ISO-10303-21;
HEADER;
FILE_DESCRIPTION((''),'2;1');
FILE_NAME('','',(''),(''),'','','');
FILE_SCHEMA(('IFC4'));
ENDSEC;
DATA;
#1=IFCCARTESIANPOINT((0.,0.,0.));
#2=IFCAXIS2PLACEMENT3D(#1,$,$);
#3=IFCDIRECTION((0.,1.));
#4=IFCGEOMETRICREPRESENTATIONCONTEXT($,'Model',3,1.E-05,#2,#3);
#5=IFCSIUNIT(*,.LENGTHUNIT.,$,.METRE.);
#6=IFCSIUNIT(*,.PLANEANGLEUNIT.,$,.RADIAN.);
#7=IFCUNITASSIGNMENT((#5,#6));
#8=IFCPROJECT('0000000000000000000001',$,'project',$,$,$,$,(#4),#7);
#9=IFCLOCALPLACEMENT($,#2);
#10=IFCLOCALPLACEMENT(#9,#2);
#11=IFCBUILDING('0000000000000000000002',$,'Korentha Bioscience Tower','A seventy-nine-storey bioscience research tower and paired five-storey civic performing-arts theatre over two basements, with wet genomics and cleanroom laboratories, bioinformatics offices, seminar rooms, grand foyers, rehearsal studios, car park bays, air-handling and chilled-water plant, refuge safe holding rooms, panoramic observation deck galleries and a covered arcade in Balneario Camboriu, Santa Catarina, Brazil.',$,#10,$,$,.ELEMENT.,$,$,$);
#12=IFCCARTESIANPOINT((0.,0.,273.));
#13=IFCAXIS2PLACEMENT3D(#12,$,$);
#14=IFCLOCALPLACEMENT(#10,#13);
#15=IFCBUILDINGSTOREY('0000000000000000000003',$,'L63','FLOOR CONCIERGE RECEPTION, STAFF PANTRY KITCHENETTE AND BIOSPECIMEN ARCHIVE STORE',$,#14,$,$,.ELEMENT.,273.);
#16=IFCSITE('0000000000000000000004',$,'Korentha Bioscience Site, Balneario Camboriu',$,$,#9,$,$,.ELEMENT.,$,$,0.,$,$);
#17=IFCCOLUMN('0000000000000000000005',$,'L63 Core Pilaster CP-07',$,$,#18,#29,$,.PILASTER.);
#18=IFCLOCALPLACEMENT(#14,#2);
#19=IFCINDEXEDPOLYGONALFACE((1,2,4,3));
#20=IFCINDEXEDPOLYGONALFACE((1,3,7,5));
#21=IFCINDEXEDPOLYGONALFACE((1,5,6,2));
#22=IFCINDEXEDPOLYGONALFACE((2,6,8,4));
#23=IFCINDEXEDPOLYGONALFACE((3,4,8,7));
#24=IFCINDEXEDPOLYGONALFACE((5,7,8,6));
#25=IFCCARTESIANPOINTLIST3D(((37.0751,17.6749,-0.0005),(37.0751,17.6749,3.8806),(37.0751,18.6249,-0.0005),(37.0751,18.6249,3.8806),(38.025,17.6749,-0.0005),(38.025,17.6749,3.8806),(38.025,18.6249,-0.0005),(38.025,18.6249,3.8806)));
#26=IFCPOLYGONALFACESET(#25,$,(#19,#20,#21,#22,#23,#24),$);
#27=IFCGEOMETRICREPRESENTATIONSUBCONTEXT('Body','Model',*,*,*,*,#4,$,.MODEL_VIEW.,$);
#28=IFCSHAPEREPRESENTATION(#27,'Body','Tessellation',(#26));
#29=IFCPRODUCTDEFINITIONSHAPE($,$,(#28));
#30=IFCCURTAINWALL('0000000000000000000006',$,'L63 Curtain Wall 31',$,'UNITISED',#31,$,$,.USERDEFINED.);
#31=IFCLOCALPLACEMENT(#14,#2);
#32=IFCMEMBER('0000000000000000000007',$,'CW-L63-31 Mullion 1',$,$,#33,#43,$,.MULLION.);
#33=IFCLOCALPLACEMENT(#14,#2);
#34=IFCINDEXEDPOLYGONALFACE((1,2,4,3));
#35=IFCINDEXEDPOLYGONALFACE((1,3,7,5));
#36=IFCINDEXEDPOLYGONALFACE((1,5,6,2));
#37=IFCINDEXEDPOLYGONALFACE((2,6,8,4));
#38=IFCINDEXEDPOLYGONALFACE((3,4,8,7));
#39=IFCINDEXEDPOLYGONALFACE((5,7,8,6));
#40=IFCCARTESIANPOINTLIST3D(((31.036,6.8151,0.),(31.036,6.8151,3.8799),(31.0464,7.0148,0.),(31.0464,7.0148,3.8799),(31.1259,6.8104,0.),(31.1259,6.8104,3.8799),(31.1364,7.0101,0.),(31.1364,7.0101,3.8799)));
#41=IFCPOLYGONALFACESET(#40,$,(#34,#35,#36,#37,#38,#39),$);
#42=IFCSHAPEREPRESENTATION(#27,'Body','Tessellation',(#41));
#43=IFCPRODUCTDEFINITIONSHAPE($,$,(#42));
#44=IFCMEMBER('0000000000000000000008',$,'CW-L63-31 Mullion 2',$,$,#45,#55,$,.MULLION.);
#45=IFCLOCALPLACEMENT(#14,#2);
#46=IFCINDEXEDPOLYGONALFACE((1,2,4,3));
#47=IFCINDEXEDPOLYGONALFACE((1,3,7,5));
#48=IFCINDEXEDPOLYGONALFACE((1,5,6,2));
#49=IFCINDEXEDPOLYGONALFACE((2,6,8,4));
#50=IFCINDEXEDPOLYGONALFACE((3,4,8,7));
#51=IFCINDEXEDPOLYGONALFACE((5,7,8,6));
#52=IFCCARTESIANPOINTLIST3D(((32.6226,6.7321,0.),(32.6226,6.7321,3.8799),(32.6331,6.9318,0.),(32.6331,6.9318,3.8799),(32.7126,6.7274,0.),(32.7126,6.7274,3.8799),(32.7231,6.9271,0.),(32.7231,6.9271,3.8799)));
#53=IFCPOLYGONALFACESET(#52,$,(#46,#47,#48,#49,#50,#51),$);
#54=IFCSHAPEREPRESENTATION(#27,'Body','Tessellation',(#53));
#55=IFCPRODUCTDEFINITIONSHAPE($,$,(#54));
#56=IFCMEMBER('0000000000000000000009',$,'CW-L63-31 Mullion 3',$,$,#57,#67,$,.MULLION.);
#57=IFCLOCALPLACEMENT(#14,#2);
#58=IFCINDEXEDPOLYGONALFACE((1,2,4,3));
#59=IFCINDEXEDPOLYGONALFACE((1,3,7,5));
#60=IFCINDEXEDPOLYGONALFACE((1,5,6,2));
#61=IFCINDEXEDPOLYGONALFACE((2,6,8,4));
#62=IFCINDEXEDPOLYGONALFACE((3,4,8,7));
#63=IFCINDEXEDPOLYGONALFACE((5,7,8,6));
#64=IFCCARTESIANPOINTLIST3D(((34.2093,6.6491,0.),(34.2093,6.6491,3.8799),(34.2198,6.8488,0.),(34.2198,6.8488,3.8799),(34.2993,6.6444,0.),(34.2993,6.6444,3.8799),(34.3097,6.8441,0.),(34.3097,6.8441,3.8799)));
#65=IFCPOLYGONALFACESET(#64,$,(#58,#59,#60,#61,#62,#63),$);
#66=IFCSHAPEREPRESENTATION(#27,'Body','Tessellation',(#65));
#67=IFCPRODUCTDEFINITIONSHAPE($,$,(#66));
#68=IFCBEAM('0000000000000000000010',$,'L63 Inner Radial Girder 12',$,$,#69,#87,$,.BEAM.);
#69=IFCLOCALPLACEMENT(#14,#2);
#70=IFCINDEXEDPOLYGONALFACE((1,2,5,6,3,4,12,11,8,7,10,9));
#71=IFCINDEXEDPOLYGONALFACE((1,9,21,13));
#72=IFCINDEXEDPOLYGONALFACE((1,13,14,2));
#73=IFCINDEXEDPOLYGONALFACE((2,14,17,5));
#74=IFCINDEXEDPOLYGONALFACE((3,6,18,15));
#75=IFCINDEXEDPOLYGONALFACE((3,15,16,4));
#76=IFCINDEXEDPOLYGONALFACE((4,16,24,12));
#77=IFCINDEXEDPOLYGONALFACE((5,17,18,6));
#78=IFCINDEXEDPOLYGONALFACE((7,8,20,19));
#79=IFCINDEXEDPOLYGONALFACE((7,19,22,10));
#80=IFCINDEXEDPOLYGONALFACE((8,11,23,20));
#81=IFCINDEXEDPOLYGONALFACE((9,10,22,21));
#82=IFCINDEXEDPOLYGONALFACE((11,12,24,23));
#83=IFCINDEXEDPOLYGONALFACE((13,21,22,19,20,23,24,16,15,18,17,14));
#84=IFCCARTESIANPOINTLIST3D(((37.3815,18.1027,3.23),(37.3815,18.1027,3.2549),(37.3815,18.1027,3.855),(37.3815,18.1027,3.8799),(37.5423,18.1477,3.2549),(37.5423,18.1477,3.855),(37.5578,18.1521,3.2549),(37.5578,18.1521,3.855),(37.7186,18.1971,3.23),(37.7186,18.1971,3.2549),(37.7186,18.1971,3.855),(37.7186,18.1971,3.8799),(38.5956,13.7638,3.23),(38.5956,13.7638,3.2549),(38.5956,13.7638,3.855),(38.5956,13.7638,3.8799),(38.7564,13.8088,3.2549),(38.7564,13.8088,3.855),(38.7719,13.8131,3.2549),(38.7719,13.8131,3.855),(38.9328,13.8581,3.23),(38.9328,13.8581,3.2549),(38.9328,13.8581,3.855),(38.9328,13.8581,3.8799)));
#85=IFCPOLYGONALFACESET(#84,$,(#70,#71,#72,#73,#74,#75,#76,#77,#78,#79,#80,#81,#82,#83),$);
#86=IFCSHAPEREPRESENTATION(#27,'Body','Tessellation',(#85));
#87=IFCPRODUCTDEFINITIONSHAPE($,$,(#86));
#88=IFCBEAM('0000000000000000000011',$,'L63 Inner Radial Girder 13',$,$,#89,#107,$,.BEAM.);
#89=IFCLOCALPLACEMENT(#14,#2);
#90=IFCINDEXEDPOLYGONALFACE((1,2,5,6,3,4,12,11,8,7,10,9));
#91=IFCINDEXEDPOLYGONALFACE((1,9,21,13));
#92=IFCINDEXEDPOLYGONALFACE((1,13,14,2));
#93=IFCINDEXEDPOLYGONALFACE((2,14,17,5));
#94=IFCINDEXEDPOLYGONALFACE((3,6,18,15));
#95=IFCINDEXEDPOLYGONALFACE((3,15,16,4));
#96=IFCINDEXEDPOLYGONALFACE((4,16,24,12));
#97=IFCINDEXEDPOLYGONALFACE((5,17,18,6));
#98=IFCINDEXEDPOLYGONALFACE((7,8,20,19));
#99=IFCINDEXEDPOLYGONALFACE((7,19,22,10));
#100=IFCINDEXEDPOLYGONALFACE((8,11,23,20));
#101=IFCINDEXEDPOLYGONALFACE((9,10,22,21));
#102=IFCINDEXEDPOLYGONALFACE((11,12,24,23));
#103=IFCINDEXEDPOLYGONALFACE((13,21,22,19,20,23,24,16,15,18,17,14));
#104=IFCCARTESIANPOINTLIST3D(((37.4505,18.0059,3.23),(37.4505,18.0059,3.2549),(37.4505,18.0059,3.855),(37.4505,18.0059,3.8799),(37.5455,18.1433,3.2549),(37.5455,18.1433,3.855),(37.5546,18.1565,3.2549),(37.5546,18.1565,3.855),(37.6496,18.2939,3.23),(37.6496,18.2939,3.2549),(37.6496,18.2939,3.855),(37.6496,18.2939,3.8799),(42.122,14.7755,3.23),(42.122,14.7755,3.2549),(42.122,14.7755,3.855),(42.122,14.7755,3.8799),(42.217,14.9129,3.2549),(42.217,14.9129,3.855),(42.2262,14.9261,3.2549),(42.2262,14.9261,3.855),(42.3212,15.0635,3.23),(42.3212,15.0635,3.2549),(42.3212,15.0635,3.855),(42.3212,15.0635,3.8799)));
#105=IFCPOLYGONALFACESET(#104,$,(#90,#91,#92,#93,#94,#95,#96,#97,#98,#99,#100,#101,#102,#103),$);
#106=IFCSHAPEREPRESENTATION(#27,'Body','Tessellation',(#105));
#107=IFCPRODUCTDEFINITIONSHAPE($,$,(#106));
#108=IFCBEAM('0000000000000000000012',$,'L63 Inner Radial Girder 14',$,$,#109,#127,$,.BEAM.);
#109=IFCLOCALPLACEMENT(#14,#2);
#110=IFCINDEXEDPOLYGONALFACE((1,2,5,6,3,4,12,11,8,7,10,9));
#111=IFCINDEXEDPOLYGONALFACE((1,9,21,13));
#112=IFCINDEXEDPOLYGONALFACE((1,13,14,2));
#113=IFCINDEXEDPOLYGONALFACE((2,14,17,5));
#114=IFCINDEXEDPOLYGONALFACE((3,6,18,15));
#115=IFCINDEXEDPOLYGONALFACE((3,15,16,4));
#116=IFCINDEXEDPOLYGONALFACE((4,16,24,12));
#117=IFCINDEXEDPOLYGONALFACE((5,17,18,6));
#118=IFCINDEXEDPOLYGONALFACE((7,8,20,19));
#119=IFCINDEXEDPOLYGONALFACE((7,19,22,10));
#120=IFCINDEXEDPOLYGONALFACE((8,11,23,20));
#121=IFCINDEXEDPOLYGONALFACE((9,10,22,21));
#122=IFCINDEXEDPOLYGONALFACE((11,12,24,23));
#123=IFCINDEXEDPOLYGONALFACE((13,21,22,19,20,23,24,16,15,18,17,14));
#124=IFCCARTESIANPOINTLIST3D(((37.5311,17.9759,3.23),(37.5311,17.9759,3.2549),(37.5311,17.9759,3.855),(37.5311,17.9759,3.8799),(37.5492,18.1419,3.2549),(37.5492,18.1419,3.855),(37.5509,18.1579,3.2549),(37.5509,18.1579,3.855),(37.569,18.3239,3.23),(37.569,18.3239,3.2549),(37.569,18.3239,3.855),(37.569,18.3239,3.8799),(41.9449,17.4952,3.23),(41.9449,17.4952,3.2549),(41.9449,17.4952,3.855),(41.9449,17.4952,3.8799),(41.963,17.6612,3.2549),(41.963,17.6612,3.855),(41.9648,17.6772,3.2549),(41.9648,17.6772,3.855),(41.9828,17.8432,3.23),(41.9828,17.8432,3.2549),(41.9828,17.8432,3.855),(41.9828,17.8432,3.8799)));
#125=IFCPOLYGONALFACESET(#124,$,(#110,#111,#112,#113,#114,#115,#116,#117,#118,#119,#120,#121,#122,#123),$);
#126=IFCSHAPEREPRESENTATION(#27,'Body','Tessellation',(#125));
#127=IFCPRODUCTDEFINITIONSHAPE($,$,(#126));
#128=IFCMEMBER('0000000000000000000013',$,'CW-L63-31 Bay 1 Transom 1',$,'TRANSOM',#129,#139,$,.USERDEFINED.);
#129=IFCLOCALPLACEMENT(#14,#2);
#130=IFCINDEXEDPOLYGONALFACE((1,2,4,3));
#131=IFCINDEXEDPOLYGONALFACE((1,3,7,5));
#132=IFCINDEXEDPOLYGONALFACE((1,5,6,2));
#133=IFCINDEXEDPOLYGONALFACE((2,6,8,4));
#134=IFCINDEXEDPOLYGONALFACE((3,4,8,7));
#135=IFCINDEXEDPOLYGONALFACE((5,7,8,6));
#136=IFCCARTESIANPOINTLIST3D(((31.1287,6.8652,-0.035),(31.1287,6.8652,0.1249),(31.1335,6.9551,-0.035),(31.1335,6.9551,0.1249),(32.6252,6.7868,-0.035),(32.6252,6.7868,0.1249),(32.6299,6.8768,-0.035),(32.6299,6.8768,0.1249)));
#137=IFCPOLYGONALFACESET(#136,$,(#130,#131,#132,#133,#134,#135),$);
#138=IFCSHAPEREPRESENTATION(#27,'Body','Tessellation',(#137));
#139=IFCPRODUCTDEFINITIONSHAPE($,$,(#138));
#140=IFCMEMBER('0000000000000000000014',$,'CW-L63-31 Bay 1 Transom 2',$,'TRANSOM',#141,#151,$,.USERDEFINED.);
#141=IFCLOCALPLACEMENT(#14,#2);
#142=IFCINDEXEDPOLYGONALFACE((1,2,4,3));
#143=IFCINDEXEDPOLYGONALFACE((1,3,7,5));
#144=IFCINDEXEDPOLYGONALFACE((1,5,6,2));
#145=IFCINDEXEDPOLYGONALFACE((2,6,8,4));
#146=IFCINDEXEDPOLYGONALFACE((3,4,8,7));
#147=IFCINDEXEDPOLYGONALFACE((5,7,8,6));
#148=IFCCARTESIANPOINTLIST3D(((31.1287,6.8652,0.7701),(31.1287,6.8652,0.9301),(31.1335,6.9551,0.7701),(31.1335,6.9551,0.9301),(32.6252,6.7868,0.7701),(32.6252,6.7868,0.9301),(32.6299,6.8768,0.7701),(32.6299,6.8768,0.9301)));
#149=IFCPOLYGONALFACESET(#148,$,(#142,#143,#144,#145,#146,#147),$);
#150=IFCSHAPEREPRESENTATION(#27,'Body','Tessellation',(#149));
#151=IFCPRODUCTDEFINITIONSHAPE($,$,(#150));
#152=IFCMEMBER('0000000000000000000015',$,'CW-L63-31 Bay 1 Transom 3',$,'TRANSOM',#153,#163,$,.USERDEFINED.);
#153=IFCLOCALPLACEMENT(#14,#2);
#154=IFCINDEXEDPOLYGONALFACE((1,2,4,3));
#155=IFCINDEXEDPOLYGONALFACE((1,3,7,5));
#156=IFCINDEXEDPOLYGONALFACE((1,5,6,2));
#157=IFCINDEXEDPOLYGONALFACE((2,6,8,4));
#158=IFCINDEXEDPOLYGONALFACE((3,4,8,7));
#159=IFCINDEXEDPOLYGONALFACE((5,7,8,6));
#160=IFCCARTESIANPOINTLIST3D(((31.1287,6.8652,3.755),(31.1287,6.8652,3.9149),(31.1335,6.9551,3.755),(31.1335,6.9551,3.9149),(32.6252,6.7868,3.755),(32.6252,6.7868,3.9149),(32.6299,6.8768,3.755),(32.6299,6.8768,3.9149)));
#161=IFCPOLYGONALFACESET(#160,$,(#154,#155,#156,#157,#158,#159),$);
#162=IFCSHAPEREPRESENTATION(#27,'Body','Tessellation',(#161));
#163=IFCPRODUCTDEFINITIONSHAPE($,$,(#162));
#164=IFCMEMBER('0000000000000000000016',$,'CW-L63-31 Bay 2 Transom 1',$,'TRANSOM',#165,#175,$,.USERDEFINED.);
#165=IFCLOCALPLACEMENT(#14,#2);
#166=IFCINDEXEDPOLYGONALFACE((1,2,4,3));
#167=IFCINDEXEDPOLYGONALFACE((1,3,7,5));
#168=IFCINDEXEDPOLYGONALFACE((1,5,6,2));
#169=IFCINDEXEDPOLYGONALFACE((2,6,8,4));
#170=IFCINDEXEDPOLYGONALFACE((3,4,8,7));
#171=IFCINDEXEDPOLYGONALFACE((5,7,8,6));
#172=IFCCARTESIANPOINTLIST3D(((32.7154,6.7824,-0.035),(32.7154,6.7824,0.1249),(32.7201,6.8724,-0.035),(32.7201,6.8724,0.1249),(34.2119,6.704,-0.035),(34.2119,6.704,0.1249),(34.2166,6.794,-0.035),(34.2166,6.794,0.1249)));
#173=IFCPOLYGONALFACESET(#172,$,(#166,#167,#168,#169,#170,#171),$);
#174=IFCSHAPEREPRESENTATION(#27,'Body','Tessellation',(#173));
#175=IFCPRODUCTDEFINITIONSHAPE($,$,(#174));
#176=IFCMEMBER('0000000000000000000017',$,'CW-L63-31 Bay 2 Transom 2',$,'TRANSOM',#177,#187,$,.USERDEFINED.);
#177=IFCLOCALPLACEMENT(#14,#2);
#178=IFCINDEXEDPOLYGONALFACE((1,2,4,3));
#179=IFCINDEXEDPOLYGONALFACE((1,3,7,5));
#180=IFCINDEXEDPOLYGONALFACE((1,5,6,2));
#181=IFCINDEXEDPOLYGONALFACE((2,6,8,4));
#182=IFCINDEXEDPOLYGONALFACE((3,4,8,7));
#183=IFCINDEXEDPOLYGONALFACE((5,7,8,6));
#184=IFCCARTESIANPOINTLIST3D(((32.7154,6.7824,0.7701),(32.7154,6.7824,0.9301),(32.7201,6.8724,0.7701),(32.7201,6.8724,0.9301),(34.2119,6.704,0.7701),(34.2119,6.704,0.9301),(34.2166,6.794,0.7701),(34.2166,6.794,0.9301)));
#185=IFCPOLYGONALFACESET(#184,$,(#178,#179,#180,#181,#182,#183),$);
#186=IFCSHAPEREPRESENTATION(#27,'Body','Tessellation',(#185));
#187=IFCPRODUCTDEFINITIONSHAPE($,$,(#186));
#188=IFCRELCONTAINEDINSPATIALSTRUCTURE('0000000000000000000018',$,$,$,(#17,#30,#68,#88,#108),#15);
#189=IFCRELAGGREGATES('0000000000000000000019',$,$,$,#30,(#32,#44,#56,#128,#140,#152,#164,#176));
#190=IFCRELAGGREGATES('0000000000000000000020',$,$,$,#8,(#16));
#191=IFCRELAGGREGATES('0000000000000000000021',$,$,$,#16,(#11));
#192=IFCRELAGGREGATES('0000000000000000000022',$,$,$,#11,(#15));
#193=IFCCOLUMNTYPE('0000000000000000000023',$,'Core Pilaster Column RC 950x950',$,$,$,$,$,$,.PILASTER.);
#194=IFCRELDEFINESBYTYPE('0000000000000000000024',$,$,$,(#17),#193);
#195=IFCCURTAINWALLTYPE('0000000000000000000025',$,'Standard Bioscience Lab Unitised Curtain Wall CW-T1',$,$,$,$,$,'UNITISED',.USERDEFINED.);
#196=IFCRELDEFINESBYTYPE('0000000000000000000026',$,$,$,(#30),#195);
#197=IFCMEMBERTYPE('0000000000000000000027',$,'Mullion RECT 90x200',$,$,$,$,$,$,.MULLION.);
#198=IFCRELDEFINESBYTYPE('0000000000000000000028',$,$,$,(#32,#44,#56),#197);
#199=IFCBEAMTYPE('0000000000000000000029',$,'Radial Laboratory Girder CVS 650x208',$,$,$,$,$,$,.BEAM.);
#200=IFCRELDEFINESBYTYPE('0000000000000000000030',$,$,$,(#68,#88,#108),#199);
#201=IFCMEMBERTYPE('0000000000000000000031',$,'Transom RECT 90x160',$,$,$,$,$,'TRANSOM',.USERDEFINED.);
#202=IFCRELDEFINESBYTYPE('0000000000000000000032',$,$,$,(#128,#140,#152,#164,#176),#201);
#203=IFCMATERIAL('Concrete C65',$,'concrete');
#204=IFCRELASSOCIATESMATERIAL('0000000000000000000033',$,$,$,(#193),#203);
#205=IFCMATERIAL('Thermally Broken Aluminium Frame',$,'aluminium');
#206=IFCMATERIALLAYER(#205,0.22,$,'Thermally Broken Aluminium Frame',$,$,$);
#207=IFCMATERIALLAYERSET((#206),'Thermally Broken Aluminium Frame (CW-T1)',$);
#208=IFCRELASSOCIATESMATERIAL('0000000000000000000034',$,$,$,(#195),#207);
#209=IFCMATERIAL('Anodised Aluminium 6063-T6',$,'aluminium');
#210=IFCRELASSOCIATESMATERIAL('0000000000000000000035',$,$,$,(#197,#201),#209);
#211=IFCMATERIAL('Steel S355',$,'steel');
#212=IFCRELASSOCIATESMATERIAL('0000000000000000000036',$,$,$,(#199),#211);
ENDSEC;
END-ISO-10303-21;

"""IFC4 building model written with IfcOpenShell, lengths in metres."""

from ifc_helpers import new_model, si_unit, direction, frame, origin, origin_2d, place, context, subcontext, project, spatial, rectangle, i_section, extrude, material, layer, layer_set, material_profile, profile_set, type_object, element, aggregate, save


model = new_model("IFC4")

# Units and contexts
model_context = context("Model", 3, precision=1e-05, world=origin(), true_north=direction((0.0, 1.0)))
body_context = subcontext(model_context, "Body", "Model", "MODEL_VIEW")
ifc_project = project(units=[si_unit("LENGTHUNIT", "METRE"), si_unit("PLANEANGLEUNIT", "RADIAN")], contexts=[model_context])

# Site, building, storey
site_placement = place(None, origin())
site = spatial("IfcSite", under=ifc_project, at=site_placement, Name="Korentha Bioscience Site, Balneario Camboriu", CompositionType="ELEMENT", RefElevation=0.0)
building_placement = place(site_placement, origin())
building = spatial("IfcBuilding", under=site, at=building_placement, Name="Korentha Bioscience Tower", Description="A seventy-nine-storey bioscience research tower and paired five-storey civic performing-arts theatre over two basements, with wet genomics and cleanroom laboratories, bioinformatics offices, seminar rooms, grand foyers, rehearsal studios, car park bays, air-handling and chilled-water plant, refuge safe holding rooms, panoramic observation deck galleries and a covered arcade in Balneario Camboriu, Santa Catarina, Brazil.", CompositionType="ELEMENT")
storey_placement = place(building_placement, frame((0.0, 0.0, 273.0)))
storey = spatial("IfcBuildingStorey", under=building, at=storey_placement, Name="L63", Description="FLOOR CONCIERGE RECEPTION, STAFF PANTRY KITCHENETTE AND BIOSPECIMEN ARCHIVE STORE", CompositionType="ELEMENT", Elevation=273.0)

# Column
ifc_material_1 = material(Name="Concrete C65", Category="concrete")
ifc_material_profile_1 = material_profile(ifc_material_1, rectangle(XDim=0.95, YDim=0.95, at=origin_2d()), Name="Concrete C65")
ifc_profile_set_1 = profile_set([ifc_material_profile_1], Name="Concrete C65 (COL-CP09)")
column_type = type_object("IfcColumnType", Name="Core Pilaster Column RC 950x950", PredefinedType="PILASTER", material=ifc_profile_set_1)
column_placement = place(storey_placement, frame((37.55, 18.1499, -0.0005), z_axis=(0.0, 0.0, 1.0), x_axis=(1.0, 0.0, 0.0)))
element("IfcColumn", 1, at=column_placement, inside=storey, type_object=column_type, Name="L63 Core Pilaster CP-07", PredefinedType="PILASTER", context=body_context, shape_type="SweptSolid", body=[
    extrude(rectangle(XDim=0.95, YDim=0.95, at=origin_2d()), origin(), (0.0, 0.0, 1.0), 3.8811),
])

# Curtain wall, members
ifc_material_2 = material(Name="Thermally Broken Aluminium Frame", Category="aluminium")
ifc_layer_1 = layer(ifc_material_2, 0.22, Name="Thermally Broken Aluminium Frame")
ifc_layer_set_1 = layer_set([ifc_layer_1], Name="Thermally Broken Aluminium Frame (CW-T1)")
curtain_wall_type = type_object("IfcCurtainWallType", Name="Standard Bioscience Lab Unitised Curtain Wall CW-T1", ElementType="UNITISED", PredefinedType="USERDEFINED", material=ifc_layer_set_1)
curtain_wall_placement = place(storey_placement, origin())
curtain_wall = element("IfcCurtainWall", 2, at=curtain_wall_placement, inside=storey, type_object=curtain_wall_type, Name="L63 Curtain Wall 31", ObjectType="UNITISED", PredefinedType="USERDEFINED")
ifc_material_3 = material(Name="Anodised Aluminium 6063-T6", Category="aluminium")
ifc_material_profile_2 = material_profile(ifc_material_3, rectangle(XDim=0.0901, YDim=0.2, at=origin_2d()), Name="Anodised Aluminium 6063-T6")
ifc_profile_set_2 = profile_set([ifc_material_profile_2], Name="Anodised Aluminium 6063-T6 (CW-MUL)")
member_type_1 = type_object("IfcMemberType", Name="Mullion RECT 90x200", PredefinedType="MULLION", material=ifc_profile_set_2)
member_1_placement = place(storey_placement, frame((31.0862, 6.9126, 0.0), z_axis=(0.0, 0.0, 1.0), x_axis=(0.998636, -0.05221, 0.0)))
member_1 = element("IfcMember", 3, at=member_1_placement, type_object=member_type_1, Name="CW-L63-31 Mullion 1", PredefinedType="MULLION", context=body_context, shape_type="SweptSolid", body=[
    extrude(rectangle(XDim=0.0901, YDim=0.2, at=origin_2d()), origin(), (0.0, 0.0, 1.0), 3.8799),
])
member_2_placement = place(storey_placement, frame((32.6729, 6.8296, 0.0), z_axis=(0.0, 0.0, 1.0), x_axis=(0.998636, -0.05221, 0.0)))
member_2 = element("IfcMember", 4, at=member_2_placement, type_object=member_type_1, Name="CW-L63-31 Mullion 2", PredefinedType="MULLION", context=body_context, shape_type="SweptSolid", body=[
    extrude(rectangle(XDim=0.0901, YDim=0.2, at=origin_2d()), origin(), (0.0, 0.0, 1.0), 3.8799),
])
member_3_placement = place(storey_placement, frame((34.2595, 6.7466, 0.0), z_axis=(0.0, 0.0, 1.0), x_axis=(0.998636, -0.05221, 0.0)))
member_3 = element("IfcMember", 5, at=member_3_placement, type_object=member_type_1, Name="CW-L63-31 Mullion 3", PredefinedType="MULLION", context=body_context, shape_type="SweptSolid", body=[
    extrude(rectangle(XDim=0.0901, YDim=0.2, at=origin_2d()), origin(), (0.0, 0.0, 1.0), 3.8799),
])

# Beams
ifc_material_4 = material(Name="Steel S355", Category="steel")
ifc_material_profile_3 = material_profile(ifc_material_4, i_section(OverallWidth=0.3501, OverallDepth=0.6499, WebThickness=0.0161, FlangeThickness=0.0249, at=origin_2d()), Name="Steel S355")
ifc_profile_set_3 = profile_set([ifc_material_profile_3], Name="Steel S355 (RB-650)")
beam_type = type_object("IfcBeamType", Name="Radial Laboratory Girder CVS 650x208", PredefinedType="BEAM", material=ifc_profile_set_3)
beam_1_placement = place(storey_placement, frame((37.55, 18.1499, 3.5549), z_axis=(0.269471, -0.963008, 0.0), x_axis=(0.963008, 0.269471, 0.0)))
element("IfcBeam", 6, at=beam_1_placement, inside=storey, type_object=beam_type, Name="L63 Inner Radial Girder 12", PredefinedType="BEAM", context=body_context, shape_type="SweptSolid", body=[
    extrude(i_section(OverallWidth=0.3501, OverallDepth=0.6499, WebThickness=0.0161, FlangeThickness=0.0249, at=origin_2d()), origin(), (0.0, 0.0, 1.0), 4.5056),
])
beam_2_placement = place(storey_placement, frame((37.55, 18.1499, 3.5549), z_axis=(0.8225, -0.568765, 0.0), x_axis=(0.568765, 0.8225, 0.0)))
element("IfcBeam", 7, at=beam_2_placement, inside=storey, type_object=beam_type, Name="L63 Inner Radial Girder 13", PredefinedType="BEAM", context=body_context, shape_type="SweptSolid", body=[
    extrude(i_section(OverallWidth=0.3501, OverallDepth=0.6499, WebThickness=0.0161, FlangeThickness=0.0249, at=origin_2d()), origin(), (0.0, 0.0, 1.0), 5.6797),
])
beam_3_placement = place(storey_placement, frame((37.55, 18.1499, 3.5549), z_axis=(0.994121, -0.108271, 0.0), x_axis=(0.108271, 0.994121, 0.0)))
element("IfcBeam", 8, at=beam_3_placement, inside=storey, type_object=beam_type, Name="L63 Inner Radial Girder 14", PredefinedType="BEAM", context=body_context, shape_type="SweptSolid", body=[
    extrude(i_section(OverallWidth=0.3501, OverallDepth=0.6499, WebThickness=0.0161, FlangeThickness=0.0249, at=origin_2d()), origin(), (0.0, 0.0, 1.0), 4.4399),
])

# Members
ifc_material_profile_4 = material_profile(ifc_material_3, rectangle(XDim=0.0901, YDim=0.1599, at=origin_2d()), Name="Anodised Aluminium 6063-T6")
ifc_profile_set_4 = profile_set([ifc_material_profile_4], Name="Anodised Aluminium 6063-T6 (CW-TRN)")
member_type_2 = type_object("IfcMemberType", Name="Transom RECT 90x160", ElementType="TRANSOM", PredefinedType="USERDEFINED", material=ifc_profile_set_4)
member_4_placement = place(storey_placement, frame((31.1311, 6.9102, 0.0449), z_axis=(0.998632, -0.052294, 0.0), x_axis=(0.052294, 0.998632, 0.0)))
member_4 = element("IfcMember", 9, at=member_4_placement, type_object=member_type_2, Name="CW-L63-31 Bay 1 Transom 1", ObjectType="TRANSOM", PredefinedType="USERDEFINED", context=body_context, shape_type="SweptSolid", body=[
    extrude(rectangle(XDim=0.0901, YDim=0.1599, at=origin_2d()), origin(), (0.0, 0.0, 1.0), 1.4985),
])
member_5_placement = place(storey_placement, frame((31.1311, 6.9102, 0.8501), z_axis=(0.998632, -0.052294, 0.0), x_axis=(0.052294, 0.998632, 0.0)))
member_5 = element("IfcMember", 10, at=member_5_placement, type_object=member_type_2, Name="CW-L63-31 Bay 1 Transom 2", ObjectType="TRANSOM", PredefinedType="USERDEFINED", context=body_context, shape_type="SweptSolid", body=[
    extrude(rectangle(XDim=0.0901, YDim=0.1599, at=origin_2d()), origin(), (0.0, 0.0, 1.0), 1.4985),
])
member_6_placement = place(storey_placement, frame((31.1311, 6.9102, 3.835), z_axis=(0.998632, -0.052294, 0.0), x_axis=(0.052294, 0.998632, 0.0)))
member_6 = element("IfcMember", 11, at=member_6_placement, type_object=member_type_2, Name="CW-L63-31 Bay 1 Transom 3", ObjectType="TRANSOM", PredefinedType="USERDEFINED", context=body_context, shape_type="SweptSolid", body=[
    extrude(rectangle(XDim=0.0901, YDim=0.1599, at=origin_2d()), origin(), (0.0, 0.0, 1.0), 1.4985),
])
member_7_placement = place(storey_placement, frame((32.7178, 6.8274, 0.0449), z_axis=(0.998632, -0.052294, 0.0), x_axis=(0.052294, 0.998632, 0.0)))
member_7 = element("IfcMember", 12, at=member_7_placement, type_object=member_type_2, Name="CW-L63-31 Bay 2 Transom 1", ObjectType="TRANSOM", PredefinedType="USERDEFINED", context=body_context, shape_type="SweptSolid", body=[
    extrude(rectangle(XDim=0.0901, YDim=0.1599, at=origin_2d()), origin(), (0.0, 0.0, 1.0), 1.4985),
])
member_8_placement = place(storey_placement, frame((32.7178, 6.8274, 0.8501), z_axis=(0.998632, -0.052294, 0.0), x_axis=(0.052294, 0.998632, 0.0)))
member_8 = element("IfcMember", 13, at=member_8_placement, type_object=member_type_2, Name="CW-L63-31 Bay 2 Transom 2", ObjectType="TRANSOM", PredefinedType="USERDEFINED", context=body_context, shape_type="SweptSolid", body=[
    extrude(rectangle(XDim=0.0901, YDim=0.1599, at=origin_2d()), origin(), (0.0, 0.0, 1.0), 1.4985),
])

aggregate(curtain_wall, [member_1, member_2, member_3, member_4, member_5, member_6, member_7, member_8])

save(model, "model.ifc")
